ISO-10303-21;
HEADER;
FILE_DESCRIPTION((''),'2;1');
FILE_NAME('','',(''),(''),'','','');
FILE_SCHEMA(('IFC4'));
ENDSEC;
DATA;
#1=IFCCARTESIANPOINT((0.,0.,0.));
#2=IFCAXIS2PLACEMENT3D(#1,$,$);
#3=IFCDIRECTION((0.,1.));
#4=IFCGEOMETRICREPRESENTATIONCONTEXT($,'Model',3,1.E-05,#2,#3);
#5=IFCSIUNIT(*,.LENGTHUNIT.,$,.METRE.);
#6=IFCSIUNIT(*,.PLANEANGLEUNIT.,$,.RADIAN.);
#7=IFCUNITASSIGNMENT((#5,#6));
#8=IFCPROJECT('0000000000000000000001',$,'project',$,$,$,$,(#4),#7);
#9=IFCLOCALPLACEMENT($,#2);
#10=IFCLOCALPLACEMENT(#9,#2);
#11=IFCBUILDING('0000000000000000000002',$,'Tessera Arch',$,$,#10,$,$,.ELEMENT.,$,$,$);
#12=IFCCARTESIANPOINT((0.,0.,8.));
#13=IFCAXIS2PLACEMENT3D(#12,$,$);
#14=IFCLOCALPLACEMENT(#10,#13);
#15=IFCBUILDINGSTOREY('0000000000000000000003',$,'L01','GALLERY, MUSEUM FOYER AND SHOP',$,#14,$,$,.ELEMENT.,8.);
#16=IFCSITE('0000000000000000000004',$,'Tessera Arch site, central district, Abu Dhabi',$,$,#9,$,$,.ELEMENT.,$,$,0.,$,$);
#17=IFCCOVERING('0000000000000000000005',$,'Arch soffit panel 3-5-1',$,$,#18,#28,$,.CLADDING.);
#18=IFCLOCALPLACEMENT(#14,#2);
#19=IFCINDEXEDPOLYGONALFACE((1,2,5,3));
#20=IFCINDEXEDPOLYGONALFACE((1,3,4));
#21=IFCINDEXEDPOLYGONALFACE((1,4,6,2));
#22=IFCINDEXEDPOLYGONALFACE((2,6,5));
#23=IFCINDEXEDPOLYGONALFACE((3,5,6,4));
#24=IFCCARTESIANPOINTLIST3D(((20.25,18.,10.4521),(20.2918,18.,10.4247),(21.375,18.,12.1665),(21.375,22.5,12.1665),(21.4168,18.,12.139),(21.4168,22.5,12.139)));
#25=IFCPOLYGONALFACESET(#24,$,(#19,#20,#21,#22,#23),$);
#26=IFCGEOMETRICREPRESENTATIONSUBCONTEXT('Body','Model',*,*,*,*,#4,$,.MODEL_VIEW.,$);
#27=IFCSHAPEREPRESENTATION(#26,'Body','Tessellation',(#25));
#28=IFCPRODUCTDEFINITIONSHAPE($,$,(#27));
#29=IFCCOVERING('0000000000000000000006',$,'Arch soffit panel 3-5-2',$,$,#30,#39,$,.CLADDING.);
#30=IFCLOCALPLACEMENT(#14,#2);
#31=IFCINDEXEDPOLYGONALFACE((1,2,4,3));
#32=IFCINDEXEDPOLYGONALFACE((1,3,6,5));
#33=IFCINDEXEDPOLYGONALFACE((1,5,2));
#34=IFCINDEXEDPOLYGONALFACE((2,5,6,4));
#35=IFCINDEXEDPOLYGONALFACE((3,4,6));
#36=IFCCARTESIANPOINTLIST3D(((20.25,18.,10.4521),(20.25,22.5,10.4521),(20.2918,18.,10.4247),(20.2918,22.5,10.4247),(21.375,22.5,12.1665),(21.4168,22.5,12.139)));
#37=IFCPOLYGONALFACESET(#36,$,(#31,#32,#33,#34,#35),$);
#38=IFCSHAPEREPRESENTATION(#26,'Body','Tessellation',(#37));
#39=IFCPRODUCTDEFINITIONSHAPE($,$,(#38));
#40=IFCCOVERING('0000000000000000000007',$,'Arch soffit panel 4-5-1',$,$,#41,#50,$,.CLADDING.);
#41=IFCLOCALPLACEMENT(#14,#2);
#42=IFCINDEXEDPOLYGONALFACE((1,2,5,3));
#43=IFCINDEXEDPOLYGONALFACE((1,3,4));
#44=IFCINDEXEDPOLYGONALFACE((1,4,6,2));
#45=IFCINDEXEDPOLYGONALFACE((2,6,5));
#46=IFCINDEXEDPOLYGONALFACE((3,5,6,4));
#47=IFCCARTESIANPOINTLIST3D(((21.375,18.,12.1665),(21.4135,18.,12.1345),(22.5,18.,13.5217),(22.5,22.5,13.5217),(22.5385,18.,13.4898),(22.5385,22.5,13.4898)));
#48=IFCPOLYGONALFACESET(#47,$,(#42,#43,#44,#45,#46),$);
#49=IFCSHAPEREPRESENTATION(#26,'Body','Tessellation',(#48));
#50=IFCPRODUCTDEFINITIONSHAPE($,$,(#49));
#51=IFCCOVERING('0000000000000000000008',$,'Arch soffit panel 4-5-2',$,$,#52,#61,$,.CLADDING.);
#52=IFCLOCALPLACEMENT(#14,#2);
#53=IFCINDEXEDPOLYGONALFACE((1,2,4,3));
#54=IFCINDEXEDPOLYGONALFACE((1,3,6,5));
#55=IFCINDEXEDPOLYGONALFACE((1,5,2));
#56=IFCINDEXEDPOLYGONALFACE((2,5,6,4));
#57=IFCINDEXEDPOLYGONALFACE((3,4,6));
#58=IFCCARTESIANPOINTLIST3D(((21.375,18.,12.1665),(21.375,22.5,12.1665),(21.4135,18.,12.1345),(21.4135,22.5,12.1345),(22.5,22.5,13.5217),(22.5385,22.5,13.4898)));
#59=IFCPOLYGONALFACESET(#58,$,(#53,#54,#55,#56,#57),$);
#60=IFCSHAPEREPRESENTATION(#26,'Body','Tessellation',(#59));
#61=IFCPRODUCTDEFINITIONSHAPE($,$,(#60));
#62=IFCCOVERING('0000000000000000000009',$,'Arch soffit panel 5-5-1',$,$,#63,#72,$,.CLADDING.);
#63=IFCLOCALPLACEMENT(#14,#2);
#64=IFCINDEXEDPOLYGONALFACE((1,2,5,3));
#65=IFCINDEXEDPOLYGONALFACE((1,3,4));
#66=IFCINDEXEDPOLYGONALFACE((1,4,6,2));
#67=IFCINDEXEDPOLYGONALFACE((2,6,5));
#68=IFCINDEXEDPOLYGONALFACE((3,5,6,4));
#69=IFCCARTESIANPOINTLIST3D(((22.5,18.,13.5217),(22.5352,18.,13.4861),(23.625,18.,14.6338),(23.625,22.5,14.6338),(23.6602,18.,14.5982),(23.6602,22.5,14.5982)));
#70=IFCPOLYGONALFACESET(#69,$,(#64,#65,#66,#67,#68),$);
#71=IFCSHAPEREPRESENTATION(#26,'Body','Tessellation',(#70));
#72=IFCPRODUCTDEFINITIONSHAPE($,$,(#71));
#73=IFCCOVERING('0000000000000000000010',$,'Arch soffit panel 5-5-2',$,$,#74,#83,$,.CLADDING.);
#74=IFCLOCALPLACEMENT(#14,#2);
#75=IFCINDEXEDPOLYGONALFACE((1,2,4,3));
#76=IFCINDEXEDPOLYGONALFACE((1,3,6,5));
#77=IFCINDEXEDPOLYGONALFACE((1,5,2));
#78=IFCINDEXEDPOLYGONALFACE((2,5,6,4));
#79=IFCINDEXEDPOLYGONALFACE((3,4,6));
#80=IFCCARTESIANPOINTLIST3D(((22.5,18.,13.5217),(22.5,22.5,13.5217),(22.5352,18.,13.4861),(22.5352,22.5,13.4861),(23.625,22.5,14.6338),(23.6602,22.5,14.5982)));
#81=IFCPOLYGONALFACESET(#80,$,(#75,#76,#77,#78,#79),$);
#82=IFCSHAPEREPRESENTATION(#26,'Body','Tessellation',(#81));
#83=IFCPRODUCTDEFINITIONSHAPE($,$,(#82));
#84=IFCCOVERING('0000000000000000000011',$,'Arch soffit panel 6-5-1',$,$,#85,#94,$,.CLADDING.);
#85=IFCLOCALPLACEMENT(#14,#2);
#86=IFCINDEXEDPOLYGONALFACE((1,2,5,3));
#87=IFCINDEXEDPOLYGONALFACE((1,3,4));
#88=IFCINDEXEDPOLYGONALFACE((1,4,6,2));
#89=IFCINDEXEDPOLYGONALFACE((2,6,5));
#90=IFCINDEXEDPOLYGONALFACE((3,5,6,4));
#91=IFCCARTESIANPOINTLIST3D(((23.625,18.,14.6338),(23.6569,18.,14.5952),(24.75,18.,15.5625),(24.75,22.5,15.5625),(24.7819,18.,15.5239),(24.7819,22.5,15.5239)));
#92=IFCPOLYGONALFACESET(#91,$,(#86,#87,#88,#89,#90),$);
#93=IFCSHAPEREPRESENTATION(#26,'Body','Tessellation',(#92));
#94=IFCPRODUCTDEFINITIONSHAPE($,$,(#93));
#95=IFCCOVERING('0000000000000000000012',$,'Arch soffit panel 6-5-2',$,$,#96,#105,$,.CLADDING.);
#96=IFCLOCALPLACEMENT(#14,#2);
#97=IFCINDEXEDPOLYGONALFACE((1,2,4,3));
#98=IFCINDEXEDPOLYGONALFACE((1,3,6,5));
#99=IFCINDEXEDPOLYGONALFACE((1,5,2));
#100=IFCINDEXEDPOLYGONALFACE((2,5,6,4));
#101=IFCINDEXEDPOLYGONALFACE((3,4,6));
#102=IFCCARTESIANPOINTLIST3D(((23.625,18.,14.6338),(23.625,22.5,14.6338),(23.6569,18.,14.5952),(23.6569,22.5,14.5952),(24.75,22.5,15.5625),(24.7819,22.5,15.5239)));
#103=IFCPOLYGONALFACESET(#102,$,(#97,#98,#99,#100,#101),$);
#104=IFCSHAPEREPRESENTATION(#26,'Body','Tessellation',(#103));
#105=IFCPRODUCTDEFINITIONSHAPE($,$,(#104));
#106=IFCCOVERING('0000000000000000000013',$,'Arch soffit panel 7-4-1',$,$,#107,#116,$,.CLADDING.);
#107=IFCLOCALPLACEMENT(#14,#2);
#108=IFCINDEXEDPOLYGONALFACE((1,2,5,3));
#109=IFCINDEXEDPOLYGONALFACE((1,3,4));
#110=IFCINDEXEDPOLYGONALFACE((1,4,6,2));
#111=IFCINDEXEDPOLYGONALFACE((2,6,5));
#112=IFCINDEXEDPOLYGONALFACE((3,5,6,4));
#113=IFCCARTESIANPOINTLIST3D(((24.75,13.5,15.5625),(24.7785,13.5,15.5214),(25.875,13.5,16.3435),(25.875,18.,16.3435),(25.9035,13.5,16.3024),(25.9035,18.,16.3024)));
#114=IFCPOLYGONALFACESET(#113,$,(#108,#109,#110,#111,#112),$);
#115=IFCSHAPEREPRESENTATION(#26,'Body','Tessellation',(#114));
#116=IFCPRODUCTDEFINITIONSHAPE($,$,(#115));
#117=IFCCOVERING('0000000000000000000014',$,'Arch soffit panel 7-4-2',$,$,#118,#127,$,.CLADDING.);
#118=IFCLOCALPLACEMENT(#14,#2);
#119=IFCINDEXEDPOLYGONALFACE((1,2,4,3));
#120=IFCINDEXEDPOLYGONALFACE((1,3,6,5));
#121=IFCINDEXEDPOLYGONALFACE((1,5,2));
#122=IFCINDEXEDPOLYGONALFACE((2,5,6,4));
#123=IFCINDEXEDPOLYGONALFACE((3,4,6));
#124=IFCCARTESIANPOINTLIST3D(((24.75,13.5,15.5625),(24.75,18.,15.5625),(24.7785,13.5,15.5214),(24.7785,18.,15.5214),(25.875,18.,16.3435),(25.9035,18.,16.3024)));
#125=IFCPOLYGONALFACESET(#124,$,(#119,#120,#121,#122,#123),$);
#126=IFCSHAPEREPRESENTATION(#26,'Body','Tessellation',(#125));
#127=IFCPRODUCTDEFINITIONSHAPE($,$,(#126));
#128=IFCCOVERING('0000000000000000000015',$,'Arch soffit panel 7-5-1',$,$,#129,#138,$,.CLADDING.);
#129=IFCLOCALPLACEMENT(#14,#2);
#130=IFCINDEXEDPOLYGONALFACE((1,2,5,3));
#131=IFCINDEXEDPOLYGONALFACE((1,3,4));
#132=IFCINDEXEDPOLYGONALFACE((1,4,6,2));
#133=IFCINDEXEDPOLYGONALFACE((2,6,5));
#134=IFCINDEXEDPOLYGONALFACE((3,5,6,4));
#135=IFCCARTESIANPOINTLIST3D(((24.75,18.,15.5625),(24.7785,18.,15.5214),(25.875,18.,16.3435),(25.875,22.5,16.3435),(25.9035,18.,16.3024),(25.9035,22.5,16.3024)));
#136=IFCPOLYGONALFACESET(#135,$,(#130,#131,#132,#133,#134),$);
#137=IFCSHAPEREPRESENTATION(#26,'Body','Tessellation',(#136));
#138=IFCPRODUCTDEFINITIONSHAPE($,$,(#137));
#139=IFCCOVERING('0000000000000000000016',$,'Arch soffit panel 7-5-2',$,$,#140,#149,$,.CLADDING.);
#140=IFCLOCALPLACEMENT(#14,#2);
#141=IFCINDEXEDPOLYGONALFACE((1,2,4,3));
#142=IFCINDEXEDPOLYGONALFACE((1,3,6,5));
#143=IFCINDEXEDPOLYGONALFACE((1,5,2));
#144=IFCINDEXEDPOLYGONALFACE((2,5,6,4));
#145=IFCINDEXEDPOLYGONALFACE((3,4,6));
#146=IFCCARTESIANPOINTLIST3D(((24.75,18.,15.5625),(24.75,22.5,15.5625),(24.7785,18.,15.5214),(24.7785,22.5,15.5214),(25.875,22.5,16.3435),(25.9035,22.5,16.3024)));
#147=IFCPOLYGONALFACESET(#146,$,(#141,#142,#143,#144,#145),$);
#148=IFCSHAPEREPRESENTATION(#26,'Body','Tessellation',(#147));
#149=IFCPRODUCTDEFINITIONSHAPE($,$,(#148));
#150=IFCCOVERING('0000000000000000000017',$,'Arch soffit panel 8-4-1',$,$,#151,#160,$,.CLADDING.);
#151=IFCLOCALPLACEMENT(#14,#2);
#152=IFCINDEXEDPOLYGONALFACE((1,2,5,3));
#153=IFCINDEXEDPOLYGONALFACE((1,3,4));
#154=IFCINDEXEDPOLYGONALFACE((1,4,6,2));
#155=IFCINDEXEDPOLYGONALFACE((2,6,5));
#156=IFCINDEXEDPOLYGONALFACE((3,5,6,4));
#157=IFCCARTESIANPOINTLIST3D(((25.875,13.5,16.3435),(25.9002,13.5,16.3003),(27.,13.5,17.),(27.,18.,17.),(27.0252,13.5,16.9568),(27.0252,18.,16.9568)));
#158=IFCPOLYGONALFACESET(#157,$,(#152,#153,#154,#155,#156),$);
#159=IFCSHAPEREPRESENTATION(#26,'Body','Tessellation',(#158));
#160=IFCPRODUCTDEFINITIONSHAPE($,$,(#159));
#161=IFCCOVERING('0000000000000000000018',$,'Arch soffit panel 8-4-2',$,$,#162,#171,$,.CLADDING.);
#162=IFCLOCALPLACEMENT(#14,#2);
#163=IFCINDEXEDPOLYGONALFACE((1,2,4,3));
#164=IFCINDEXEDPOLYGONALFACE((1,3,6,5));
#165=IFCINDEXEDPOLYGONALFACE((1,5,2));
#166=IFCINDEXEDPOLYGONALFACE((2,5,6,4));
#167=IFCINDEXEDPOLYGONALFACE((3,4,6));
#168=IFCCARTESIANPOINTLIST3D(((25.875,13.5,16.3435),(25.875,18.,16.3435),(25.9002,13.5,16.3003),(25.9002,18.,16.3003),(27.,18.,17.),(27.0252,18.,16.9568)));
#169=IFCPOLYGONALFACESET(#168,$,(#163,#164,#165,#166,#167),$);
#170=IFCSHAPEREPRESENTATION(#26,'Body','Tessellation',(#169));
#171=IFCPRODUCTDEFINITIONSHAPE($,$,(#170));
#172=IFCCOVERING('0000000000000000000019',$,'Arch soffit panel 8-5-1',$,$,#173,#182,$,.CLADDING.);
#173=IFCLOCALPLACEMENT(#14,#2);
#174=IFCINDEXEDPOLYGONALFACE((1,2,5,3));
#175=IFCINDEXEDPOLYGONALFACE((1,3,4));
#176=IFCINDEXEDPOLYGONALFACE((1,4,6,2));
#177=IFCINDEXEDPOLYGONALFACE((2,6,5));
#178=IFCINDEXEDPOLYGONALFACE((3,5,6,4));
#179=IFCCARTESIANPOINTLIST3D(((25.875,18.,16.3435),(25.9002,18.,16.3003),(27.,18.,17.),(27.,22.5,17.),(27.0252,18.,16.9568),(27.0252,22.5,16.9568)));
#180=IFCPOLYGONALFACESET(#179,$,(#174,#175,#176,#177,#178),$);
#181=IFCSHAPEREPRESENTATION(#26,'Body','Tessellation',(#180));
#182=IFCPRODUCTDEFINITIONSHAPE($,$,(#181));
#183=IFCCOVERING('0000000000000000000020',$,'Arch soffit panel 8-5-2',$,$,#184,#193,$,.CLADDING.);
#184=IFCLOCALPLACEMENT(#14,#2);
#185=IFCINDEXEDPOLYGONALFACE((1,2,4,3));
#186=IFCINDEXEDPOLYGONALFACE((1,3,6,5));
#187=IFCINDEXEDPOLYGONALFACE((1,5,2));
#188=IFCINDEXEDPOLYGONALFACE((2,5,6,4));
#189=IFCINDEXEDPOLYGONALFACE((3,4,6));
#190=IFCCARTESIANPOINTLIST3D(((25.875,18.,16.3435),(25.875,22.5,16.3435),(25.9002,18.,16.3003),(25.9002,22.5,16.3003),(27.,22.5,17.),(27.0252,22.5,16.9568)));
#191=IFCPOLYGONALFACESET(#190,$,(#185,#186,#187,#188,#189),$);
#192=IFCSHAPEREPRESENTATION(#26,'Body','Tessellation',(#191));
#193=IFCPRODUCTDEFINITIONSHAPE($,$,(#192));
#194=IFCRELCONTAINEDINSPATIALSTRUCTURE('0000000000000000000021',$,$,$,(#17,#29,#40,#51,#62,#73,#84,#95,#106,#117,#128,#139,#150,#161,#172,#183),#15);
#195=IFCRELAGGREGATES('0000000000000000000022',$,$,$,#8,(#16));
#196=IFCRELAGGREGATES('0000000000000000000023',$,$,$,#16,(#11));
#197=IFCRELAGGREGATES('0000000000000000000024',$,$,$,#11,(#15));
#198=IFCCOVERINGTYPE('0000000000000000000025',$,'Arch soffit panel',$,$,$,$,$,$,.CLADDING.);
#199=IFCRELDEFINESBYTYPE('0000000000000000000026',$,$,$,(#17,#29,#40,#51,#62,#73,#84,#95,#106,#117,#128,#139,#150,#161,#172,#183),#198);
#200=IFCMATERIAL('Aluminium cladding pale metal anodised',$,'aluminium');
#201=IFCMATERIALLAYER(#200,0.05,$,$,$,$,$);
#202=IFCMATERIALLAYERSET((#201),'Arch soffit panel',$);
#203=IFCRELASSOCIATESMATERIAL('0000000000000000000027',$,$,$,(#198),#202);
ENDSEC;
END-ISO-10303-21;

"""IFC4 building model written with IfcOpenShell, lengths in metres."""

from ifc_helpers import new_model, si_unit, direction, frame, origin, place, context, subcontext, project, spatial, polyline, outline, extrude, material, layer, layer_set, type_object, element, save


model = new_model("IFC4")

# Units and contexts
model_context = context("Model", 3, precision=1e-05, world=origin(), true_north=direction((0.0, 1.0)))
body_context = subcontext(model_context, "Body", "Model", "MODEL_VIEW")
ifc_project = project(units=[si_unit("LENGTHUNIT", "METRE"), si_unit("PLANEANGLEUNIT", "RADIAN")], contexts=[model_context])

# Site, building, storey
site_placement = place(None, origin())
site = spatial("IfcSite", under=ifc_project, at=site_placement, Name="Tessera Arch site, central district, Abu Dhabi", CompositionType="ELEMENT", RefElevation=0.0)
building_placement = place(site_placement, origin())
building = spatial("IfcBuilding", under=site, at=building_placement, Name="Tessera Arch", CompositionType="ELEMENT")
storey_placement = place(building_placement, frame((0.0, 0.0, 8.0)))
storey = spatial("IfcBuildingStorey", under=building, at=storey_placement, Name="L01", Description="GALLERY, MUSEUM FOYER AND SHOP", CompositionType="ELEMENT", Elevation=8.0)

# Coverings
ifc_material = material(Name="Aluminium cladding pale metal anodised", Category="aluminium")
ifc_layer = layer(ifc_material, 0.05)
ifc_layer_set = layer_set([ifc_layer], Name="Arch soffit panel")
covering_type = type_object("IfcCoveringType", Name="Arch soffit panel", PredefinedType="CLADDING", material=ifc_layer_set)
covering_1_placement = place(storey_placement, frame((20.25, 18.0, 10.4521), z_axis=(-0.836058, 0.0, 0.548641), x_axis=(0.548641, 0.0, 0.836058)))
element("IfcCovering", 1, at=covering_1_placement, inside=storey, type_object=covering_type, Name="Arch soffit panel 3-5-1", PredefinedType="CLADDING", context=body_context, shape_type="SweptSolid", body=[
    extrude(outline(polyline([(0.0, 0.0), (2.0505, 0.0), (2.0505, 4.5), (0.0, 0.0)])), origin(), (0.0, 0.0, -1.0), 0.05),
])
covering_2_placement = place(storey_placement, frame((20.25, 18.0, 10.4521), z_axis=(-0.836058, 0.0, 0.548641), x_axis=(0.227495, 0.90998, 0.346673)))
element("IfcCovering", 2, at=covering_2_placement, inside=storey, type_object=covering_type, Name="Arch soffit panel 3-5-2", PredefinedType="CLADDING", context=body_context, shape_type="SweptSolid", body=[
    extrude(outline(polyline([(0.0, 0.0), (4.9452, 0.0), (4.0949, 1.8659), (0.0, 0.0)])), origin(), (0.0, 0.0, -1.0), 0.05),
])
covering_3_placement = place(storey_placement, frame((21.375, 18.0, 12.1665), z_axis=(-0.769436, 0.0, 0.638724), x_axis=(0.638724, 0.0, 0.769436)))
element("IfcCovering", 3, at=covering_3_placement, inside=storey, type_object=covering_type, Name="Arch soffit panel 4-5-1", PredefinedType="CLADDING", context=body_context, shape_type="SweptSolid", body=[
    extrude(outline(polyline([(0.0, 0.0), (1.7613, 0.0), (1.7613, 4.5), (0.0, 0.0)])), origin(), (0.0, 0.0, -1.0), 0.05),
])
covering_4_placement = place(storey_placement, frame((21.375, 18.0, 12.1665), z_axis=(-0.769436, 0.0, 0.638724), x_axis=(0.232803, 0.931211, 0.280444)))
element("IfcCovering", 4, at=covering_4_placement, inside=storey, type_object=covering_type, Name="Arch soffit panel 4-5-2", PredefinedType="CLADDING", context=body_context, shape_type="SweptSolid", body=[
    extrude(outline(polyline([(0.0, 0.0), (4.8324, 0.0), (4.1904, 1.6402), (0.0, 0.0)])), origin(), (0.0, 0.0, -1.0), 0.05),
])
covering_5_placement = place(storey_placement, frame((22.5, 18.0, 13.5217), z_axis=(-0.703005, 0.0, 0.711185), x_axis=(0.711185, 0.0, 0.703005)))
element("IfcCovering", 5, at=covering_5_placement, inside=storey, type_object=covering_type, Name="Arch soffit panel 5-5-1", PredefinedType="CLADDING", context=body_context, shape_type="SweptSolid", body=[
    extrude(outline(polyline([(0.0, 0.0), (1.5819, 0.0), (1.5819, 4.5), (0.0, 0.0)])), origin(), (0.0, 0.0, -1.0), 0.05),
])
covering_6_placement = place(storey_placement, frame((22.5, 18.0, 13.5217), z_axis=(-0.703005, 0.0, 0.711185), x_axis=(0.235852, 0.943409, 0.233139)))
element("IfcCovering", 6, at=covering_6_placement, inside=storey, type_object=covering_type, Name="Arch soffit panel 5-5-2", PredefinedType="CLADDING", context=body_context, shape_type="SweptSolid", body=[
    extrude(outline(polyline([(0.0, 0.0), (4.7699, 0.0), (4.2453, 1.4923), (0.0, 0.0)])), origin(), (0.0, 0.0, -1.0), 0.05),
])
covering_7_placement = place(storey_placement, frame((23.625, 18.0, 14.6338), z_axis=(-0.636622, 0.0, 0.771176), x_axis=(0.771176, 0.0, 0.636622)))
element("IfcCovering", 7, at=covering_7_placement, inside=storey, type_object=covering_type, Name="Arch soffit panel 6-5-1", PredefinedType="CLADDING", context=body_context, shape_type="SweptSolid", body=[
    extrude(outline(polyline([(0.0, 0.0), (1.4588, 0.0), (1.4588, 4.5), (0.0, 0.0)])), origin(), (0.0, 0.0, -1.0), 0.05),
])
covering_8_placement = place(storey_placement, frame((23.625, 18.0, 14.6338), z_axis=(-0.636622, 0.0, 0.771176), x_axis=(0.237816, 0.951263, 0.196322)))
element("IfcCovering", 8, at=covering_8_placement, inside=storey, type_object=covering_type, Name="Arch soffit panel 6-5-2", PredefinedType="CLADDING", context=body_context, shape_type="SweptSolid", body=[
    extrude(outline(polyline([(0.0, 0.0), (4.7306, 0.0), (4.2807, 1.3877), (0.0, 0.0)])), origin(), (0.0, 0.0, -1.0), 0.05),
])
covering_9_placement = place(storey_placement, frame((24.75, 13.5, 15.5625), z_axis=(-0.570276, 0.0, 0.821453), x_axis=(0.821453, 0.0, 0.570276)))
element("IfcCovering", 9, at=covering_9_placement, inside=storey, type_object=covering_type, Name="Arch soffit panel 7-4-1", PredefinedType="CLADDING", context=body_context, shape_type="SweptSolid", body=[
    extrude(outline(polyline([(0.0, 0.0), (1.3695, 0.0), (1.3695, 4.5), (0.0, 0.0)])), origin(), (0.0, 0.0, -1.0), 0.05),
])
covering_10_placement = place(storey_placement, frame((24.75, 13.5, 15.5625), z_axis=(-0.570276, 0.0, 0.821453), x_axis=(0.239169, 0.956676, 0.166038)))
element("IfcCovering", 10, at=covering_10_placement, inside=storey, type_object=covering_type, Name="Arch soffit panel 7-4-2", PredefinedType="CLADDING", context=body_context, shape_type="SweptSolid", body=[
    extrude(outline(polyline([(0.0, 0.0), (4.7038, 0.0), (4.305, 1.3102), (0.0, 0.0)])), origin(), (0.0, 0.0, -1.0), 0.05),
])
covering_11_placement = place(storey_placement, frame((24.75, 18.0, 15.5625), z_axis=(-0.570276, 0.0, 0.821453), x_axis=(0.821453, 0.0, 0.570276)))
element("IfcCovering", 11, at=covering_11_placement, inside=storey, type_object=covering_type, Name="Arch soffit panel 7-5-1", PredefinedType="CLADDING", context=body_context, shape_type="SweptSolid", body=[
    extrude(outline(polyline([(0.0, 0.0), (1.3695, 0.0), (1.3695, 4.5), (0.0, 0.0)])), origin(), (0.0, 0.0, -1.0), 0.05),
])
covering_12_placement = place(storey_placement, frame((24.75, 18.0, 15.5625), z_axis=(-0.570276, 0.0, 0.821453), x_axis=(0.239169, 0.956676, 0.166038)))
element("IfcCovering", 12, at=covering_12_placement, inside=storey, type_object=covering_type, Name="Arch soffit panel 7-5-2", PredefinedType="CLADDING", context=body_context, shape_type="SweptSolid", body=[
    extrude(outline(polyline([(0.0, 0.0), (4.7038, 0.0), (4.305, 1.3102), (0.0, 0.0)])), origin(), (0.0, 0.0, -1.0), 0.05),
])
covering_13_placement = place(storey_placement, frame((25.875, 13.5, 16.3435), z_axis=(-0.504011, 0.0, 0.863697), x_axis=(0.863697, 0.0, 0.504011)))
element("IfcCovering", 13, at=covering_13_placement, inside=storey, type_object=covering_type, Name="Arch soffit panel 8-4-1", PredefinedType="CLADDING", context=body_context, shape_type="SweptSolid", body=[
    extrude(outline(polyline([(0.0, 0.0), (1.3025, 0.0), (1.3025, 4.5), (0.0, 0.0)])), origin(), (0.0, 0.0, -1.0), 0.05),
])
covering_14_placement = place(storey_placement, frame((25.875, 13.5, 16.3435), z_axis=(-0.504011, 0.0, 0.863697), x_axis=(0.240142, 0.96057, 0.140135)))
element("IfcCovering", 14, at=covering_14_placement, inside=storey, type_object=covering_type, Name="Arch soffit panel 8-4-2", PredefinedType="CLADDING", context=body_context, shape_type="SweptSolid", body=[
    extrude(outline(polyline([(0.0, 0.0), (4.6847, 0.0), (4.3226, 1.2512), (0.0, 0.0)])), origin(), (0.0, 0.0, -1.0), 0.05),
])
covering_15_placement = place(storey_placement, frame((25.875, 18.0, 16.3435), z_axis=(-0.504011, 0.0, 0.863697), x_axis=(0.863697, 0.0, 0.504011)))
element("IfcCovering", 15, at=covering_15_placement, inside=storey, type_object=covering_type, Name="Arch soffit panel 8-5-1", PredefinedType="CLADDING", context=body_context, shape_type="SweptSolid", body=[
    extrude(outline(polyline([(0.0, 0.0), (1.3025, 0.0), (1.3025, 4.5), (0.0, 0.0)])), origin(), (0.0, 0.0, -1.0), 0.05),
])
covering_16_placement = place(storey_placement, frame((25.875, 18.0, 16.3435), z_axis=(-0.504011, 0.0, 0.863697), x_axis=(0.240142, 0.96057, 0.140135)))
element("IfcCovering", 16, at=covering_16_placement, inside=storey, type_object=covering_type, Name="Arch soffit panel 8-5-2", PredefinedType="CLADDING", context=body_context, shape_type="SweptSolid", body=[
    extrude(outline(polyline([(0.0, 0.0), (4.6847, 0.0), (4.3226, 1.2512), (0.0, 0.0)])), origin(), (0.0, 0.0, -1.0), 0.05),
])

save(model, "model.ifc")
